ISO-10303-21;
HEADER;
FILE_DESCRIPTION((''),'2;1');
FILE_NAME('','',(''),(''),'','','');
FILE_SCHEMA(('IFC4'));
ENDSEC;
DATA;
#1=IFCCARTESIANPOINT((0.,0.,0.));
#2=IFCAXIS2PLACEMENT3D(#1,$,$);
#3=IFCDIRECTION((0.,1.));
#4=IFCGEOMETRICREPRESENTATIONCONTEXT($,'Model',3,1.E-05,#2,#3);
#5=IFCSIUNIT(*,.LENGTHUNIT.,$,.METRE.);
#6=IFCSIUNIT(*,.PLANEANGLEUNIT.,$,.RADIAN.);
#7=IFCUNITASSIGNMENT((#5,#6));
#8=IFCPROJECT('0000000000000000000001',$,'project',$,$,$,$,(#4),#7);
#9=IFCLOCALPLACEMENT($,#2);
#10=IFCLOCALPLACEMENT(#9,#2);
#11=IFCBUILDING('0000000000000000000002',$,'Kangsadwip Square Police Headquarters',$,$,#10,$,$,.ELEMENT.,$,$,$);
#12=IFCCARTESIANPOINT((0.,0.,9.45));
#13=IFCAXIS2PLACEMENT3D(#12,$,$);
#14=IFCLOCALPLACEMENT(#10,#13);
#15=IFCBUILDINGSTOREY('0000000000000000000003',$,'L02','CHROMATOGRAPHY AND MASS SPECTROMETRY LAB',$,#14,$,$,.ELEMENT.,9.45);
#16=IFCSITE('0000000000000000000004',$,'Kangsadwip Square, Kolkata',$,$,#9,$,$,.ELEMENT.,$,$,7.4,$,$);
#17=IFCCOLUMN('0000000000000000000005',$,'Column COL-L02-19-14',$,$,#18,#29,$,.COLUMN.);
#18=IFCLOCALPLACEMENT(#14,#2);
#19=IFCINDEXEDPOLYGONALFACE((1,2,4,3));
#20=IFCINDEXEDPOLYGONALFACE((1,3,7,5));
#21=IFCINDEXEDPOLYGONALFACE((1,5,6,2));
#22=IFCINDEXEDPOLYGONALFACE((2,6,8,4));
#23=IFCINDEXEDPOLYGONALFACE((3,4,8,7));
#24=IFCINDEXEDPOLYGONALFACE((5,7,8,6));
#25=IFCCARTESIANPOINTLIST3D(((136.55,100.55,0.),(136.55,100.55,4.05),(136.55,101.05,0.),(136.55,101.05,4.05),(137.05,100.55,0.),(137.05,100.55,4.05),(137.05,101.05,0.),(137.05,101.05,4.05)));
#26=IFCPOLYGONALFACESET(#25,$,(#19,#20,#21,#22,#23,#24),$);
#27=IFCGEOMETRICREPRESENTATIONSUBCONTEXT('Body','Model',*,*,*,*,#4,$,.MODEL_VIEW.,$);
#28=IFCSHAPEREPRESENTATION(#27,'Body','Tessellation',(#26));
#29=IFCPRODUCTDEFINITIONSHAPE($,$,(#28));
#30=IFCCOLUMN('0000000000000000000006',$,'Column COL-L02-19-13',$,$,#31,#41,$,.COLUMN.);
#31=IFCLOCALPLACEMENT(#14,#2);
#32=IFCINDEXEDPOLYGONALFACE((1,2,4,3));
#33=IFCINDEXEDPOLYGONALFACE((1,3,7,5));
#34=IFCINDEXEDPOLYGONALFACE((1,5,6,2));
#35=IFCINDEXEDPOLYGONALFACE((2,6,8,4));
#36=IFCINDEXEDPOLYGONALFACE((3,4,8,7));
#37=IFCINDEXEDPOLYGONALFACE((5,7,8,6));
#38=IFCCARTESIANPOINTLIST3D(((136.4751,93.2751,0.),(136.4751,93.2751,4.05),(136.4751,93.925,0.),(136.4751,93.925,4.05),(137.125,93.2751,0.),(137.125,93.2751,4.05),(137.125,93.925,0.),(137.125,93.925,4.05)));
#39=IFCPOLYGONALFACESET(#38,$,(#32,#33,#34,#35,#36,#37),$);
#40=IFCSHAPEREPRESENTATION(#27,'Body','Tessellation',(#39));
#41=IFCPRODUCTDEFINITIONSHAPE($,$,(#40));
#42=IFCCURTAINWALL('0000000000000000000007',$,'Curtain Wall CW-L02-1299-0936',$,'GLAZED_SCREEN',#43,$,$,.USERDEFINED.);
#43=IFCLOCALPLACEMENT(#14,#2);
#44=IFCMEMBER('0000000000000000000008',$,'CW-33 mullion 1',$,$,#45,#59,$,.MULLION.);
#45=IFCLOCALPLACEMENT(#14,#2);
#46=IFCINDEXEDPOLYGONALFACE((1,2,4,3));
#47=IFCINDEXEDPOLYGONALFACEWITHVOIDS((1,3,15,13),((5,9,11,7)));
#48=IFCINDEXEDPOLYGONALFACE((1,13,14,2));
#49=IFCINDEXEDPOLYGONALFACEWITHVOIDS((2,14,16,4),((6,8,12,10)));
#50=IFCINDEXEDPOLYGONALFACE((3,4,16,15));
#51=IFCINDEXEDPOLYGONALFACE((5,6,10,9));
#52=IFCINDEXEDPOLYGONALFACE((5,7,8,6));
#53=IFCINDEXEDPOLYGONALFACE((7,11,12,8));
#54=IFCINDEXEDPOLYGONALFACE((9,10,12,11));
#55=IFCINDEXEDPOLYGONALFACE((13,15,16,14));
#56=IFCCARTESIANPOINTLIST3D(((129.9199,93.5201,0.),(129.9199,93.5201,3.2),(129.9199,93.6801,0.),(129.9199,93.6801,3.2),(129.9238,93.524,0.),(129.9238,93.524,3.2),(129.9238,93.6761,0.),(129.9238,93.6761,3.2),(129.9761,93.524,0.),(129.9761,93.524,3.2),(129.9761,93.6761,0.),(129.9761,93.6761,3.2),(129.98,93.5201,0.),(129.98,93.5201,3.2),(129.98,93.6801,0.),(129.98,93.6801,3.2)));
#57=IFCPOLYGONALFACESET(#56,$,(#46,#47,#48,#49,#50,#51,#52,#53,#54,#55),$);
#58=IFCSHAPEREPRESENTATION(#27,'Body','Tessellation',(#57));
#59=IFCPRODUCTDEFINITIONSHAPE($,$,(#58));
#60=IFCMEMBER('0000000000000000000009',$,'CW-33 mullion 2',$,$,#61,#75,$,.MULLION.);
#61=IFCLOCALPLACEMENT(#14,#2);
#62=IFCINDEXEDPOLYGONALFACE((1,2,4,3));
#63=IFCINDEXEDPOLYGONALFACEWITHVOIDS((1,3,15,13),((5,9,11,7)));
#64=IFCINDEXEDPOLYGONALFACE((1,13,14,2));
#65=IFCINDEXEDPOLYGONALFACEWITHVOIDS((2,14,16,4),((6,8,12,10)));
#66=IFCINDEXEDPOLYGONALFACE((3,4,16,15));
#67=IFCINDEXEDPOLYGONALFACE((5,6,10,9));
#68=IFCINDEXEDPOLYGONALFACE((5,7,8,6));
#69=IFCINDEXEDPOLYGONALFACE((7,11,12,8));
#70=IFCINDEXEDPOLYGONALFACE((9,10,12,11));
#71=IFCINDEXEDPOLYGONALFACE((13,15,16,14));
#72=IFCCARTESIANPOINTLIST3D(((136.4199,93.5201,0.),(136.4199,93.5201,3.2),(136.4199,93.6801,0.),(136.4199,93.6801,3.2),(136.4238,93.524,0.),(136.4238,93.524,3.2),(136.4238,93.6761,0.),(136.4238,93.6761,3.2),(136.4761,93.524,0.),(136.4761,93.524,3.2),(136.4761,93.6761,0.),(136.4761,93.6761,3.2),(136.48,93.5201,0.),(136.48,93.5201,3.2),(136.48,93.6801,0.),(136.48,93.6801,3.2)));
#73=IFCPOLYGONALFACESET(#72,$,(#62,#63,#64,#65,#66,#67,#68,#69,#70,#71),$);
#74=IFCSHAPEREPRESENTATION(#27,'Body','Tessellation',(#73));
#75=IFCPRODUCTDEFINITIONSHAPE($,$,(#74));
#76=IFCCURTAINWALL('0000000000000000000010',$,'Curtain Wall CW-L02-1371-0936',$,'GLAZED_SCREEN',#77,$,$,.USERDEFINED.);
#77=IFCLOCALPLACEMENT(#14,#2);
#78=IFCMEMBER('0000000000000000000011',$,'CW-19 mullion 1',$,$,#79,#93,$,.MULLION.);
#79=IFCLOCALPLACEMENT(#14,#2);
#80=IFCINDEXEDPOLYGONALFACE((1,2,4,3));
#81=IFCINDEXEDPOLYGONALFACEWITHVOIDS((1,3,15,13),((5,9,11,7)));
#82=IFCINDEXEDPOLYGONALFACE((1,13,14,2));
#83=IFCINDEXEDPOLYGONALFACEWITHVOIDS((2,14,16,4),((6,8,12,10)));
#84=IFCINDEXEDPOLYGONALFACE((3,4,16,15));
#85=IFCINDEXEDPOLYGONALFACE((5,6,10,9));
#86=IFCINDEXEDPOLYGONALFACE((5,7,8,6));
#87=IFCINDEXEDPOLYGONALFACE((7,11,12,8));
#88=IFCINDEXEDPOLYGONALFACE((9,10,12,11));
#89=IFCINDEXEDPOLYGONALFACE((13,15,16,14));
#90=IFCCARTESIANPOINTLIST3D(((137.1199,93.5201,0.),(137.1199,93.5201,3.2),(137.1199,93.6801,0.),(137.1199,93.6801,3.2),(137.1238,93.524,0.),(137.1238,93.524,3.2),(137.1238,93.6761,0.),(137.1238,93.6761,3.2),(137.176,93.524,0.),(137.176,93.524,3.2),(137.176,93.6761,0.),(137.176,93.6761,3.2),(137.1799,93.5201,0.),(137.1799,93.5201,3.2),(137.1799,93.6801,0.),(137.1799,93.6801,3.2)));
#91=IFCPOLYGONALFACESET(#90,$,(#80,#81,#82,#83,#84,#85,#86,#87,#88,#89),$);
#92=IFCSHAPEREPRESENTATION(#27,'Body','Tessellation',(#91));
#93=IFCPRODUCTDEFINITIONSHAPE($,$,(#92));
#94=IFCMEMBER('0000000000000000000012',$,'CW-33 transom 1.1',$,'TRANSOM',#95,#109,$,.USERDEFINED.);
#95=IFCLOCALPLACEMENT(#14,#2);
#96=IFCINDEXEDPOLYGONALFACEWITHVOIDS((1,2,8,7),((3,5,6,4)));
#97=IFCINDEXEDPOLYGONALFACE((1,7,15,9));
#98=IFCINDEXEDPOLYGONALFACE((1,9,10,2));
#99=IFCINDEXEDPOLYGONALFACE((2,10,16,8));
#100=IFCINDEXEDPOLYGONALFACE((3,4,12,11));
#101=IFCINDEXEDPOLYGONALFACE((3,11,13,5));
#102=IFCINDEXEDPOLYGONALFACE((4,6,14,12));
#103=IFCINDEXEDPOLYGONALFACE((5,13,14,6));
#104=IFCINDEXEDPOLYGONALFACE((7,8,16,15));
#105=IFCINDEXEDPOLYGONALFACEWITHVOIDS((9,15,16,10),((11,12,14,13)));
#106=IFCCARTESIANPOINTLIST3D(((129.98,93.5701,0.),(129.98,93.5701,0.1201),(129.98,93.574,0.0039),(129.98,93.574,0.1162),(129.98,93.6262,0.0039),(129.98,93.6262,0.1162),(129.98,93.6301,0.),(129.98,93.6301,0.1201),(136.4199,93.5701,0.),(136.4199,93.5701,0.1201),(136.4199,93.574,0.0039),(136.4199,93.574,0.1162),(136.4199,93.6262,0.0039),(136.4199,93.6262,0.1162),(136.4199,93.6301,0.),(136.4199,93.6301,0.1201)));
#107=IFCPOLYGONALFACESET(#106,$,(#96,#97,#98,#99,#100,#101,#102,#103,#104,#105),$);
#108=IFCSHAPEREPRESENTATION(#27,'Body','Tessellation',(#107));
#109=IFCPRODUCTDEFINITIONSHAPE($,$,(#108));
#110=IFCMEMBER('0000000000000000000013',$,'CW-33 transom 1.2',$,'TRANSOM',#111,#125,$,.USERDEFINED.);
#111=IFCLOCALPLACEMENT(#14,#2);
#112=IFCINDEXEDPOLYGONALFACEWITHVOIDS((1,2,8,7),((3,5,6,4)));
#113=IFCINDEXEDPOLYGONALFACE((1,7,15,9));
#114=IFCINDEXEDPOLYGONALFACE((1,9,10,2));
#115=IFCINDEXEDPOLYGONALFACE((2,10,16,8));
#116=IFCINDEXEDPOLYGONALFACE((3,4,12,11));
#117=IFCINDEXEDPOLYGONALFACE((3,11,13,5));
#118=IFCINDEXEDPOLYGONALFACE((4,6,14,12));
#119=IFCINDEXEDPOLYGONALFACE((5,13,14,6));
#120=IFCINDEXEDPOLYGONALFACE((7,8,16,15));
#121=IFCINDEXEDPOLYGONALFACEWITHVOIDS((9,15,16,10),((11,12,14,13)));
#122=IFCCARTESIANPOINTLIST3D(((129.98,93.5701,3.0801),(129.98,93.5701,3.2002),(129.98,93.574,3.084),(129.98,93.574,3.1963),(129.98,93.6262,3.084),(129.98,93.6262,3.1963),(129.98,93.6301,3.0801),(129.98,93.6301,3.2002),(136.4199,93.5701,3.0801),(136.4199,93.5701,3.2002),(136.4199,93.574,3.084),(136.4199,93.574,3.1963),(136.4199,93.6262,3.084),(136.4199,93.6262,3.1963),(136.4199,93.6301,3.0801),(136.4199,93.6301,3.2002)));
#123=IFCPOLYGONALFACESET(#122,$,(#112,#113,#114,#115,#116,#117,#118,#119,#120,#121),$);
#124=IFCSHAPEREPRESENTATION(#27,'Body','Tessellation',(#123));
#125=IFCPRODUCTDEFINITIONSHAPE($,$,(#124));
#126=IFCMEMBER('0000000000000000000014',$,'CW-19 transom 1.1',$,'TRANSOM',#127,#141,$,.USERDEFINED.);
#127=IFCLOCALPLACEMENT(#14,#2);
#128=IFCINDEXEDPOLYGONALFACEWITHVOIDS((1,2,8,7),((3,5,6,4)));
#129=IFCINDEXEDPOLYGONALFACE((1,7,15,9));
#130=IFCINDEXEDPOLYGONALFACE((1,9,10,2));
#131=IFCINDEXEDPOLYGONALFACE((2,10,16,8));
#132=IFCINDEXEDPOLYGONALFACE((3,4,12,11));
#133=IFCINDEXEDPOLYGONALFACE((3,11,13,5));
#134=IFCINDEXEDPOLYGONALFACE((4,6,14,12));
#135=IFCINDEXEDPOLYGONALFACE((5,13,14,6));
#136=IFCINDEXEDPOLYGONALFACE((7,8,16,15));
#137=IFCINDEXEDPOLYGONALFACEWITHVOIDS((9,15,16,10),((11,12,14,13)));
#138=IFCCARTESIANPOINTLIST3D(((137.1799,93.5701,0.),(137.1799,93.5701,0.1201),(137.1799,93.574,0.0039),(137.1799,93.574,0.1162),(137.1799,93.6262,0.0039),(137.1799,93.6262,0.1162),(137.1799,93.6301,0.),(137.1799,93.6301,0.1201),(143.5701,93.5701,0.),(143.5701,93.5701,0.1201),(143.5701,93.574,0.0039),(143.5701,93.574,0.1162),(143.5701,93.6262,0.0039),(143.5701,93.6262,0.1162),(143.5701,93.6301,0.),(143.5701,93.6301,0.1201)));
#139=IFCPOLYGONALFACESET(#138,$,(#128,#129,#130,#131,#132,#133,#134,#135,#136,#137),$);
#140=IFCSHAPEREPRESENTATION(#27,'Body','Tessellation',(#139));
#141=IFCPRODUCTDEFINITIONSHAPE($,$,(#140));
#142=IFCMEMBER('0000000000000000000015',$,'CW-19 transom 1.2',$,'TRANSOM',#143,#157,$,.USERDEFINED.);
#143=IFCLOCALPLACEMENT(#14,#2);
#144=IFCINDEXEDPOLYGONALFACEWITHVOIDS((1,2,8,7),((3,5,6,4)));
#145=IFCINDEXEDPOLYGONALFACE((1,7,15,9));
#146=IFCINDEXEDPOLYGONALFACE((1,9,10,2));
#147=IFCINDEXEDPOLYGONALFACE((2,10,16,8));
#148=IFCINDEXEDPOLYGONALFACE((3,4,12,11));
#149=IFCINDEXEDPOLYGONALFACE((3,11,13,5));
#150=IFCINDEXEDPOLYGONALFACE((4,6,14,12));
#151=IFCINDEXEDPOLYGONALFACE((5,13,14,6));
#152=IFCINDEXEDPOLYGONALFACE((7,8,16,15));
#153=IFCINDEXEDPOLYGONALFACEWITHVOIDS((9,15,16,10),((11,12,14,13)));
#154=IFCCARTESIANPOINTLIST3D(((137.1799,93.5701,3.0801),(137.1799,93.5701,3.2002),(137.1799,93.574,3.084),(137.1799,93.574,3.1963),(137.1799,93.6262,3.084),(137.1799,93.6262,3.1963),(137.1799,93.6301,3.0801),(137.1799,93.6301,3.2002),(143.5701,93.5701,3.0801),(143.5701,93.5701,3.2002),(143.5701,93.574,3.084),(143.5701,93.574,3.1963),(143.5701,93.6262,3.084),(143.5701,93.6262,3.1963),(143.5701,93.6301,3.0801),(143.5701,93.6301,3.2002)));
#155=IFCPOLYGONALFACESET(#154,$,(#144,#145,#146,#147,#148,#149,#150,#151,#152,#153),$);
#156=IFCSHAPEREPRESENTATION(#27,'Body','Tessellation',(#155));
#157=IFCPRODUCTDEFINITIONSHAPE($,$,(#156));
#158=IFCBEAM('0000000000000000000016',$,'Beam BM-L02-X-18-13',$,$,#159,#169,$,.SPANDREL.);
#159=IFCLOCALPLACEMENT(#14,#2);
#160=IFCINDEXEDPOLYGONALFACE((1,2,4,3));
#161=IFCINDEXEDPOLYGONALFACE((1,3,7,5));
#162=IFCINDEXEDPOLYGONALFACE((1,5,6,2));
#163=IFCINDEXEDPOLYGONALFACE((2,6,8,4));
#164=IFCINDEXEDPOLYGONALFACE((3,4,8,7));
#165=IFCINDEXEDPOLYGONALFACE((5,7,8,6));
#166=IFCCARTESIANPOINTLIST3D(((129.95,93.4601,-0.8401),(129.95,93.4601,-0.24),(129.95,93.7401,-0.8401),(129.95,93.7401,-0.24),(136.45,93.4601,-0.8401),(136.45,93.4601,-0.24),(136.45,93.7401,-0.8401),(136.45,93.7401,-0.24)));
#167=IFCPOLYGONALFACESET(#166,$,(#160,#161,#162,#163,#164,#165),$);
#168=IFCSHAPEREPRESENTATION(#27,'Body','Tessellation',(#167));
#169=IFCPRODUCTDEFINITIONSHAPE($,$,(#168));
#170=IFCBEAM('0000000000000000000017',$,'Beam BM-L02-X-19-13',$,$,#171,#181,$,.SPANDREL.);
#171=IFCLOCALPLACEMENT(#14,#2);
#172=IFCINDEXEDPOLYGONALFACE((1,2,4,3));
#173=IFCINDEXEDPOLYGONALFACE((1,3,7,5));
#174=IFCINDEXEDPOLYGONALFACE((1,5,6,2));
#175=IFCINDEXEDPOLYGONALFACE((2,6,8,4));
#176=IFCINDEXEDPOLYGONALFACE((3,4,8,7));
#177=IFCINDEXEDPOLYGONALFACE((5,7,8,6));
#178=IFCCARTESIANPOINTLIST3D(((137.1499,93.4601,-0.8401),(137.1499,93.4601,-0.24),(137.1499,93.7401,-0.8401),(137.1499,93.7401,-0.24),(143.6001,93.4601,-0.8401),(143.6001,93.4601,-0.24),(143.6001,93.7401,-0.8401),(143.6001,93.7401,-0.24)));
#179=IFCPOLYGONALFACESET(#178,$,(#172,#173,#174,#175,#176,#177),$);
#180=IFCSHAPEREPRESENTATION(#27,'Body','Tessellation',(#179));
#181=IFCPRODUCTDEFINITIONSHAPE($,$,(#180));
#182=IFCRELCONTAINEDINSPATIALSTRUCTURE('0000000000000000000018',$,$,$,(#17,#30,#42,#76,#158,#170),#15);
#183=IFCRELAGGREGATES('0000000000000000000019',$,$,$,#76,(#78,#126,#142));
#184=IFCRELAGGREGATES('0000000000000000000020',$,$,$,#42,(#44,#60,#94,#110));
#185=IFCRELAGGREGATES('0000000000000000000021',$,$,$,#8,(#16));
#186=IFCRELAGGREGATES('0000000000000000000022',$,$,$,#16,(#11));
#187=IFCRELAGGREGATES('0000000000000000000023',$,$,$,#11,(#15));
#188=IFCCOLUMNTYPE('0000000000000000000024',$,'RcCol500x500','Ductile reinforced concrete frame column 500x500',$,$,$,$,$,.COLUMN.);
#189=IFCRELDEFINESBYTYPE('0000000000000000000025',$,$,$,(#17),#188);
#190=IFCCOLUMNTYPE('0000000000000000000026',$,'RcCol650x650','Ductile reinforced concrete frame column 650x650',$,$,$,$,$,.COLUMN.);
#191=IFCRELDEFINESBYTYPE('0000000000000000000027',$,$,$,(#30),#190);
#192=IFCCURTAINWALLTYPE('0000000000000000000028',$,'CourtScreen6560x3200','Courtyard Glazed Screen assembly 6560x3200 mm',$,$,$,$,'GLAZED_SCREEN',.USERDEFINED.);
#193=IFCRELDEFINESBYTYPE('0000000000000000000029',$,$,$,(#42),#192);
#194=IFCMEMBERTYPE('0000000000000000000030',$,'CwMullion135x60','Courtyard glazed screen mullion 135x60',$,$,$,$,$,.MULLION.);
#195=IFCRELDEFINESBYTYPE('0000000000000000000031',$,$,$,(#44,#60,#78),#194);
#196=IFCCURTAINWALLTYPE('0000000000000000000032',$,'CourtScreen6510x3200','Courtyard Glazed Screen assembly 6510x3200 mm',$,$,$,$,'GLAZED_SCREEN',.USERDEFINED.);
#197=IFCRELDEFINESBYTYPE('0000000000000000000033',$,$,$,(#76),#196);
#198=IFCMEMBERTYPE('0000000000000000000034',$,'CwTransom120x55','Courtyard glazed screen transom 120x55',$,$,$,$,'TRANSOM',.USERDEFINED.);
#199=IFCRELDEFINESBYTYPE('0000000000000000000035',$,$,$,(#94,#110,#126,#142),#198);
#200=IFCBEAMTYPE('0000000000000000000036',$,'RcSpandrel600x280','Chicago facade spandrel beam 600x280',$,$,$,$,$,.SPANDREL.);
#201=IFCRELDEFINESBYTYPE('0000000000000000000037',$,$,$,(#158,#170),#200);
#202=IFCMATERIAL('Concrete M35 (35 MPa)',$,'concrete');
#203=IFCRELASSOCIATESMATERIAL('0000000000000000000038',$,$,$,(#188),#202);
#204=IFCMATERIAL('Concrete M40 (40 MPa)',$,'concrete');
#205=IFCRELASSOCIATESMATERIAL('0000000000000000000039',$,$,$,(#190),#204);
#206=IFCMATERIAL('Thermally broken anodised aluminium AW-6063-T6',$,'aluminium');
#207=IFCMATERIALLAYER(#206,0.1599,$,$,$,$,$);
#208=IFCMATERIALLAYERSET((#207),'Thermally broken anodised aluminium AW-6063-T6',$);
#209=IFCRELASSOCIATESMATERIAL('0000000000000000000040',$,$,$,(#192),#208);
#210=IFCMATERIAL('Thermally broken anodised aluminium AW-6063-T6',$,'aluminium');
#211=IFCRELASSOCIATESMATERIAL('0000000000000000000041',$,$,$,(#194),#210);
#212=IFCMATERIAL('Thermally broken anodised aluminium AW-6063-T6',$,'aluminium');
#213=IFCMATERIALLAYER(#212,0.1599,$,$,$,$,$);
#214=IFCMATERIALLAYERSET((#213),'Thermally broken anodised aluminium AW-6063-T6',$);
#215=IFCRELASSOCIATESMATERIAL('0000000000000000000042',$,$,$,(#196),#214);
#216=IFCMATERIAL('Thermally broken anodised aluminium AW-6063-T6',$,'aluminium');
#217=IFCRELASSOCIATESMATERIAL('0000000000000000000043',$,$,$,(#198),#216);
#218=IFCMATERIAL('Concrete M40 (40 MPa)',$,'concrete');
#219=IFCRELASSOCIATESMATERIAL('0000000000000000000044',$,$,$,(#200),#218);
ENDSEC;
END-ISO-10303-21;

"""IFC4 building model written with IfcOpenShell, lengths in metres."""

from ifc_helpers import new_model, si_unit, direction, frame, origin, origin_2d, place, context, subcontext, project, spatial, rectangle, hollow_rectangle, extrude, material, layer, layer_set, material_profile, profile_set, type_object, element, aggregate, save


model = new_model("IFC4")

# Units and contexts
model_context = context("Model", 3, precision=1e-05, world=origin(), true_north=direction((0.0, 1.0)))
body_context = subcontext(model_context, "Body", "Model", "MODEL_VIEW")
ifc_project = project(units=[si_unit("LENGTHUNIT", "METRE"), si_unit("PLANEANGLEUNIT", "RADIAN")], contexts=[model_context])

# Site, building, storey
site_placement = place(None, origin())
site = spatial("IfcSite", under=ifc_project, at=site_placement, Name="Kangsadwip Square, Kolkata", CompositionType="ELEMENT", RefElevation=7.4)
building_placement = place(site_placement, origin())
building = spatial("IfcBuilding", under=site, at=building_placement, Name="Kangsadwip Square Police Headquarters", CompositionType="ELEMENT")
storey_placement = place(building_placement, frame((0.0, 0.0, 9.45)))
storey = spatial("IfcBuildingStorey", under=building, at=storey_placement, Name="L02", Description="CHROMATOGRAPHY AND MASS SPECTROMETRY LAB", CompositionType="ELEMENT", Elevation=9.45)

# Columns
ifc_material_1 = material(Name="Concrete M35 (35 MPa)", Category="concrete")
ifc_material_profile_1 = material_profile(ifc_material_1, rectangle(XDim=0.5, YDim=0.5, at=origin_2d()), Name="RC COL 500X500")
ifc_profile_set_1 = profile_set([ifc_material_profile_1], Name="Concrete M35 (35 MPa)")
column_type_1 = type_object("IfcColumnType", Name="RcCol500x500", Description="Ductile reinforced concrete frame column 500x500", PredefinedType="COLUMN", material=ifc_profile_set_1)
column_1_placement = place(storey_placement, frame((136.8, 100.8, 0.0), z_axis=(0.0, 0.0, 1.0), x_axis=(1.0, 0.0, 0.0)))
element("IfcColumn", 1, at=column_1_placement, inside=storey, type_object=column_type_1, Name="Column COL-L02-19-14", PredefinedType="COLUMN", context=body_context, shape_type="SweptSolid", body=[
    extrude(rectangle(XDim=0.5, YDim=0.5, at=origin_2d()), origin(), (0.0, 0.0, 1.0), 4.05),
])
ifc_material_2 = material(Name="Concrete M40 (40 MPa)", Category="concrete")
ifc_material_profile_2 = material_profile(ifc_material_2, rectangle(XDim=0.6499, YDim=0.6499, at=origin_2d()), Name="RC COL 650X650")
ifc_profile_set_2 = profile_set([ifc_material_profile_2], Name="Concrete M40 (40 MPa)")
column_type_2 = type_object("IfcColumnType", Name="RcCol650x650", Description="Ductile reinforced concrete frame column 650x650", PredefinedType="COLUMN", material=ifc_profile_set_2)
column_2_placement = place(storey_placement, frame((136.8, 93.6001, 0.0), z_axis=(0.0, 0.0, 1.0), x_axis=(1.0, 0.0, 0.0)))
element("IfcColumn", 2, at=column_2_placement, inside=storey, type_object=column_type_2, Name="Column COL-L02-19-13", PredefinedType="COLUMN", context=body_context, shape_type="SweptSolid", body=[
    extrude(rectangle(XDim=0.6499, YDim=0.6499, at=origin_2d()), origin(), (0.0, 0.0, 1.0), 4.05),
])

# Curtain wall, members
ifc_material_3 = material(Name="Thermally broken anodised aluminium AW-6063-T6", Category="aluminium")
ifc_layer_1 = layer(ifc_material_3, 0.1599)
ifc_layer_set_1 = layer_set([ifc_layer_1], Name="Thermally broken anodised aluminium AW-6063-T6")
curtain_wall_type_1 = type_object("IfcCurtainWallType", Name="CourtScreen6560x3200", Description="Courtyard Glazed Screen assembly 6560x3200 mm", ElementType="GLAZED_SCREEN", PredefinedType="USERDEFINED", material=ifc_layer_set_1)
curtain_wall_1_placement = place(storey_placement, origin())
curtain_wall_1 = element("IfcCurtainWall", 3, at=curtain_wall_1_placement, inside=storey, type_object=curtain_wall_type_1, Name="Curtain Wall CW-L02-1299-0936", ObjectType="GLAZED_SCREEN", PredefinedType="USERDEFINED")
ifc_material_4 = material(Name="Thermally broken anodised aluminium AW-6063-T6", Category="aluminium")
ifc_material_profile_3 = material_profile(ifc_material_4, hollow_rectangle(XDim=0.0601, YDim=0.1599, WallThickness=0.0039, at=origin_2d()), Name="CWM 160X60X4")
ifc_profile_set_3 = profile_set([ifc_material_profile_3], Name="Thermally broken anodised aluminium AW-6063-T6")
member_type_1 = type_object("IfcMemberType", Name="CwMullion135x60", Description="Courtyard glazed screen mullion 135x60", PredefinedType="MULLION", material=ifc_profile_set_3)
member_1_placement = place(storey_placement, frame((129.95, 93.6001, 0.0), z_axis=(0.0, 0.0, 1.0), x_axis=(1.0, 0.0, 0.0)))
member_1 = element("IfcMember", 4, at=member_1_placement, type_object=member_type_1, Name="CW-33 mullion 1", PredefinedType="MULLION", context=body_context, shape_type="SweptSolid", body=[
    extrude(hollow_rectangle(XDim=0.0601, YDim=0.1599, WallThickness=0.0039, at=origin_2d()), origin(), (0.0, 0.0, 1.0), 3.2),
])
member_2_placement = place(storey_placement, frame((136.45, 93.6001, 0.0), z_axis=(0.0, 0.0, 1.0), x_axis=(1.0, 0.0, 0.0)))
member_2 = element("IfcMember", 5, at=member_2_placement, type_object=member_type_1, Name="CW-33 mullion 2", PredefinedType="MULLION", context=body_context, shape_type="SweptSolid", body=[
    extrude(hollow_rectangle(XDim=0.0601, YDim=0.1599, WallThickness=0.0039, at=origin_2d()), origin(), (0.0, 0.0, 1.0), 3.2),
])

# Curtain wall, member
ifc_material_5 = material(Name="Thermally broken anodised aluminium AW-6063-T6", Category="aluminium")
ifc_layer_2 = layer(ifc_material_5, 0.1599)
ifc_layer_set_2 = layer_set([ifc_layer_2], Name="Thermally broken anodised aluminium AW-6063-T6")
curtain_wall_type_2 = type_object("IfcCurtainWallType", Name="CourtScreen6510x3200", Description="Courtyard Glazed Screen assembly 6510x3200 mm", ElementType="GLAZED_SCREEN", PredefinedType="USERDEFINED", material=ifc_layer_set_2)
curtain_wall_2_placement = place(storey_placement, origin())
curtain_wall_2 = element("IfcCurtainWall", 6, at=curtain_wall_2_placement, inside=storey, type_object=curtain_wall_type_2, Name="Curtain Wall CW-L02-1371-0936", ObjectType="GLAZED_SCREEN", PredefinedType="USERDEFINED")
member_3_placement = place(storey_placement, frame((137.1499, 93.6001, 0.0), z_axis=(0.0, 0.0, 1.0), x_axis=(1.0, 0.0, 0.0)))
member_3 = element("IfcMember", 7, at=member_3_placement, type_object=member_type_1, Name="CW-19 mullion 1", PredefinedType="MULLION", context=body_context, shape_type="SweptSolid", body=[
    extrude(hollow_rectangle(XDim=0.0601, YDim=0.1599, WallThickness=0.0039, at=origin_2d()), origin(), (0.0, 0.0, 1.0), 3.2),
])

# Members
ifc_material_6 = material(Name="Thermally broken anodised aluminium AW-6063-T6", Category="aluminium")
ifc_material_profile_4 = material_profile(ifc_material_6, hollow_rectangle(XDim=0.0601, YDim=0.1201, WallThickness=0.0039, at=origin_2d()), Name="CWT 120X60X4")
ifc_profile_set_4 = profile_set([ifc_material_profile_4], Name="Thermally broken anodised aluminium AW-6063-T6")
member_type_2 = type_object("IfcMemberType", Name="CwTransom120x55", Description="Courtyard glazed screen transom 120x55", ElementType="TRANSOM", PredefinedType="USERDEFINED", material=ifc_profile_set_4)
member_4_placement = place(storey_placement, frame((129.98, 93.6001, 0.0601), z_axis=(1.0, 0.0, 0.0), x_axis=(0.0, 1.0, 0.0)))
member_4 = element("IfcMember", 8, at=member_4_placement, type_object=member_type_2, Name="CW-33 transom 1.1", ObjectType="TRANSOM", PredefinedType="USERDEFINED", context=body_context, shape_type="SweptSolid", body=[
    extrude(hollow_rectangle(XDim=0.0601, YDim=0.1201, WallThickness=0.0039, at=origin_2d()), origin(), (0.0, 0.0, 1.0), 6.4399),
])
member_5_placement = place(storey_placement, frame((129.98, 93.6001, 3.1401), z_axis=(1.0, 0.0, 0.0), x_axis=(0.0, 1.0, 0.0)))
member_5 = element("IfcMember", 9, at=member_5_placement, type_object=member_type_2, Name="CW-33 transom 1.2", ObjectType="TRANSOM", PredefinedType="USERDEFINED", context=body_context, shape_type="SweptSolid", body=[
    extrude(hollow_rectangle(XDim=0.0601, YDim=0.1201, WallThickness=0.0039, at=origin_2d()), origin(), (0.0, 0.0, 1.0), 6.4399),
])
member_6_placement = place(storey_placement, frame((137.1799, 93.6001, 0.0601), z_axis=(1.0, 0.0, 0.0), x_axis=(0.0, 1.0, 0.0)))
member_6 = element("IfcMember", 10, at=member_6_placement, type_object=member_type_2, Name="CW-19 transom 1.1", ObjectType="TRANSOM", PredefinedType="USERDEFINED", context=body_context, shape_type="SweptSolid", body=[
    extrude(hollow_rectangle(XDim=0.0601, YDim=0.1201, WallThickness=0.0039, at=origin_2d()), origin(), (0.0, 0.0, 1.0), 6.3901),
])
member_7_placement = place(storey_placement, frame((137.1799, 93.6001, 3.1401), z_axis=(1.0, 0.0, 0.0), x_axis=(0.0, 1.0, 0.0)))
member_7 = element("IfcMember", 11, at=member_7_placement, type_object=member_type_2, Name="CW-19 transom 1.2", ObjectType="TRANSOM", PredefinedType="USERDEFINED", context=body_context, shape_type="SweptSolid", body=[
    extrude(hollow_rectangle(XDim=0.0601, YDim=0.1201, WallThickness=0.0039, at=origin_2d()), origin(), (0.0, 0.0, 1.0), 6.3901),
])
aggregate(curtain_wall_2, [member_3, member_6, member_7])

# Beams
ifc_material_7 = material(Name="Concrete M40 (40 MPa)", Category="concrete")
ifc_material_profile_5 = material_profile(ifc_material_7, rectangle(XDim=0.28, YDim=0.6001, at=origin_2d()), Name="RC SPN 600X280")
ifc_profile_set_5 = profile_set([ifc_material_profile_5], Name="Concrete M40 (40 MPa)")
beam_type_1 = type_object("IfcBeamType", Name="RcSpandrel600x280", Description="Chicago facade spandrel beam 600x280", PredefinedType="SPANDREL", material=ifc_profile_set_5)
beam_1_placement = place(storey_placement, frame((129.95, 93.6001, -0.54), z_axis=(1.0, 0.0, 0.0), x_axis=(0.0, 1.0, 0.0)))
element("IfcBeam", 12, at=beam_1_placement, inside=storey, type_object=beam_type_1, Name="Beam BM-L02-X-18-13", PredefinedType="SPANDREL", context=body_context, shape_type="SweptSolid", body=[
    extrude(rectangle(XDim=0.28, YDim=0.6001, at=origin_2d()), origin(), (0.0, 0.0, 1.0), 6.5),
])
beam_2_placement = place(storey_placement, frame((137.1499, 93.6001, -0.54), z_axis=(1.0, 0.0, 0.0), x_axis=(0.0, 1.0, 0.0)))
element("IfcBeam", 13, at=beam_2_placement, inside=storey, type_object=beam_type_1, Name="Beam BM-L02-X-19-13", PredefinedType="SPANDREL", context=body_context, shape_type="SweptSolid", body=[
    extrude(rectangle(XDim=0.28, YDim=0.6001, at=origin_2d()), origin(), (0.0, 0.0, 1.0), 6.4502),
])

aggregate(curtain_wall_1, [member_1, member_2, member_4, member_5])

save(model, "model.ifc")
